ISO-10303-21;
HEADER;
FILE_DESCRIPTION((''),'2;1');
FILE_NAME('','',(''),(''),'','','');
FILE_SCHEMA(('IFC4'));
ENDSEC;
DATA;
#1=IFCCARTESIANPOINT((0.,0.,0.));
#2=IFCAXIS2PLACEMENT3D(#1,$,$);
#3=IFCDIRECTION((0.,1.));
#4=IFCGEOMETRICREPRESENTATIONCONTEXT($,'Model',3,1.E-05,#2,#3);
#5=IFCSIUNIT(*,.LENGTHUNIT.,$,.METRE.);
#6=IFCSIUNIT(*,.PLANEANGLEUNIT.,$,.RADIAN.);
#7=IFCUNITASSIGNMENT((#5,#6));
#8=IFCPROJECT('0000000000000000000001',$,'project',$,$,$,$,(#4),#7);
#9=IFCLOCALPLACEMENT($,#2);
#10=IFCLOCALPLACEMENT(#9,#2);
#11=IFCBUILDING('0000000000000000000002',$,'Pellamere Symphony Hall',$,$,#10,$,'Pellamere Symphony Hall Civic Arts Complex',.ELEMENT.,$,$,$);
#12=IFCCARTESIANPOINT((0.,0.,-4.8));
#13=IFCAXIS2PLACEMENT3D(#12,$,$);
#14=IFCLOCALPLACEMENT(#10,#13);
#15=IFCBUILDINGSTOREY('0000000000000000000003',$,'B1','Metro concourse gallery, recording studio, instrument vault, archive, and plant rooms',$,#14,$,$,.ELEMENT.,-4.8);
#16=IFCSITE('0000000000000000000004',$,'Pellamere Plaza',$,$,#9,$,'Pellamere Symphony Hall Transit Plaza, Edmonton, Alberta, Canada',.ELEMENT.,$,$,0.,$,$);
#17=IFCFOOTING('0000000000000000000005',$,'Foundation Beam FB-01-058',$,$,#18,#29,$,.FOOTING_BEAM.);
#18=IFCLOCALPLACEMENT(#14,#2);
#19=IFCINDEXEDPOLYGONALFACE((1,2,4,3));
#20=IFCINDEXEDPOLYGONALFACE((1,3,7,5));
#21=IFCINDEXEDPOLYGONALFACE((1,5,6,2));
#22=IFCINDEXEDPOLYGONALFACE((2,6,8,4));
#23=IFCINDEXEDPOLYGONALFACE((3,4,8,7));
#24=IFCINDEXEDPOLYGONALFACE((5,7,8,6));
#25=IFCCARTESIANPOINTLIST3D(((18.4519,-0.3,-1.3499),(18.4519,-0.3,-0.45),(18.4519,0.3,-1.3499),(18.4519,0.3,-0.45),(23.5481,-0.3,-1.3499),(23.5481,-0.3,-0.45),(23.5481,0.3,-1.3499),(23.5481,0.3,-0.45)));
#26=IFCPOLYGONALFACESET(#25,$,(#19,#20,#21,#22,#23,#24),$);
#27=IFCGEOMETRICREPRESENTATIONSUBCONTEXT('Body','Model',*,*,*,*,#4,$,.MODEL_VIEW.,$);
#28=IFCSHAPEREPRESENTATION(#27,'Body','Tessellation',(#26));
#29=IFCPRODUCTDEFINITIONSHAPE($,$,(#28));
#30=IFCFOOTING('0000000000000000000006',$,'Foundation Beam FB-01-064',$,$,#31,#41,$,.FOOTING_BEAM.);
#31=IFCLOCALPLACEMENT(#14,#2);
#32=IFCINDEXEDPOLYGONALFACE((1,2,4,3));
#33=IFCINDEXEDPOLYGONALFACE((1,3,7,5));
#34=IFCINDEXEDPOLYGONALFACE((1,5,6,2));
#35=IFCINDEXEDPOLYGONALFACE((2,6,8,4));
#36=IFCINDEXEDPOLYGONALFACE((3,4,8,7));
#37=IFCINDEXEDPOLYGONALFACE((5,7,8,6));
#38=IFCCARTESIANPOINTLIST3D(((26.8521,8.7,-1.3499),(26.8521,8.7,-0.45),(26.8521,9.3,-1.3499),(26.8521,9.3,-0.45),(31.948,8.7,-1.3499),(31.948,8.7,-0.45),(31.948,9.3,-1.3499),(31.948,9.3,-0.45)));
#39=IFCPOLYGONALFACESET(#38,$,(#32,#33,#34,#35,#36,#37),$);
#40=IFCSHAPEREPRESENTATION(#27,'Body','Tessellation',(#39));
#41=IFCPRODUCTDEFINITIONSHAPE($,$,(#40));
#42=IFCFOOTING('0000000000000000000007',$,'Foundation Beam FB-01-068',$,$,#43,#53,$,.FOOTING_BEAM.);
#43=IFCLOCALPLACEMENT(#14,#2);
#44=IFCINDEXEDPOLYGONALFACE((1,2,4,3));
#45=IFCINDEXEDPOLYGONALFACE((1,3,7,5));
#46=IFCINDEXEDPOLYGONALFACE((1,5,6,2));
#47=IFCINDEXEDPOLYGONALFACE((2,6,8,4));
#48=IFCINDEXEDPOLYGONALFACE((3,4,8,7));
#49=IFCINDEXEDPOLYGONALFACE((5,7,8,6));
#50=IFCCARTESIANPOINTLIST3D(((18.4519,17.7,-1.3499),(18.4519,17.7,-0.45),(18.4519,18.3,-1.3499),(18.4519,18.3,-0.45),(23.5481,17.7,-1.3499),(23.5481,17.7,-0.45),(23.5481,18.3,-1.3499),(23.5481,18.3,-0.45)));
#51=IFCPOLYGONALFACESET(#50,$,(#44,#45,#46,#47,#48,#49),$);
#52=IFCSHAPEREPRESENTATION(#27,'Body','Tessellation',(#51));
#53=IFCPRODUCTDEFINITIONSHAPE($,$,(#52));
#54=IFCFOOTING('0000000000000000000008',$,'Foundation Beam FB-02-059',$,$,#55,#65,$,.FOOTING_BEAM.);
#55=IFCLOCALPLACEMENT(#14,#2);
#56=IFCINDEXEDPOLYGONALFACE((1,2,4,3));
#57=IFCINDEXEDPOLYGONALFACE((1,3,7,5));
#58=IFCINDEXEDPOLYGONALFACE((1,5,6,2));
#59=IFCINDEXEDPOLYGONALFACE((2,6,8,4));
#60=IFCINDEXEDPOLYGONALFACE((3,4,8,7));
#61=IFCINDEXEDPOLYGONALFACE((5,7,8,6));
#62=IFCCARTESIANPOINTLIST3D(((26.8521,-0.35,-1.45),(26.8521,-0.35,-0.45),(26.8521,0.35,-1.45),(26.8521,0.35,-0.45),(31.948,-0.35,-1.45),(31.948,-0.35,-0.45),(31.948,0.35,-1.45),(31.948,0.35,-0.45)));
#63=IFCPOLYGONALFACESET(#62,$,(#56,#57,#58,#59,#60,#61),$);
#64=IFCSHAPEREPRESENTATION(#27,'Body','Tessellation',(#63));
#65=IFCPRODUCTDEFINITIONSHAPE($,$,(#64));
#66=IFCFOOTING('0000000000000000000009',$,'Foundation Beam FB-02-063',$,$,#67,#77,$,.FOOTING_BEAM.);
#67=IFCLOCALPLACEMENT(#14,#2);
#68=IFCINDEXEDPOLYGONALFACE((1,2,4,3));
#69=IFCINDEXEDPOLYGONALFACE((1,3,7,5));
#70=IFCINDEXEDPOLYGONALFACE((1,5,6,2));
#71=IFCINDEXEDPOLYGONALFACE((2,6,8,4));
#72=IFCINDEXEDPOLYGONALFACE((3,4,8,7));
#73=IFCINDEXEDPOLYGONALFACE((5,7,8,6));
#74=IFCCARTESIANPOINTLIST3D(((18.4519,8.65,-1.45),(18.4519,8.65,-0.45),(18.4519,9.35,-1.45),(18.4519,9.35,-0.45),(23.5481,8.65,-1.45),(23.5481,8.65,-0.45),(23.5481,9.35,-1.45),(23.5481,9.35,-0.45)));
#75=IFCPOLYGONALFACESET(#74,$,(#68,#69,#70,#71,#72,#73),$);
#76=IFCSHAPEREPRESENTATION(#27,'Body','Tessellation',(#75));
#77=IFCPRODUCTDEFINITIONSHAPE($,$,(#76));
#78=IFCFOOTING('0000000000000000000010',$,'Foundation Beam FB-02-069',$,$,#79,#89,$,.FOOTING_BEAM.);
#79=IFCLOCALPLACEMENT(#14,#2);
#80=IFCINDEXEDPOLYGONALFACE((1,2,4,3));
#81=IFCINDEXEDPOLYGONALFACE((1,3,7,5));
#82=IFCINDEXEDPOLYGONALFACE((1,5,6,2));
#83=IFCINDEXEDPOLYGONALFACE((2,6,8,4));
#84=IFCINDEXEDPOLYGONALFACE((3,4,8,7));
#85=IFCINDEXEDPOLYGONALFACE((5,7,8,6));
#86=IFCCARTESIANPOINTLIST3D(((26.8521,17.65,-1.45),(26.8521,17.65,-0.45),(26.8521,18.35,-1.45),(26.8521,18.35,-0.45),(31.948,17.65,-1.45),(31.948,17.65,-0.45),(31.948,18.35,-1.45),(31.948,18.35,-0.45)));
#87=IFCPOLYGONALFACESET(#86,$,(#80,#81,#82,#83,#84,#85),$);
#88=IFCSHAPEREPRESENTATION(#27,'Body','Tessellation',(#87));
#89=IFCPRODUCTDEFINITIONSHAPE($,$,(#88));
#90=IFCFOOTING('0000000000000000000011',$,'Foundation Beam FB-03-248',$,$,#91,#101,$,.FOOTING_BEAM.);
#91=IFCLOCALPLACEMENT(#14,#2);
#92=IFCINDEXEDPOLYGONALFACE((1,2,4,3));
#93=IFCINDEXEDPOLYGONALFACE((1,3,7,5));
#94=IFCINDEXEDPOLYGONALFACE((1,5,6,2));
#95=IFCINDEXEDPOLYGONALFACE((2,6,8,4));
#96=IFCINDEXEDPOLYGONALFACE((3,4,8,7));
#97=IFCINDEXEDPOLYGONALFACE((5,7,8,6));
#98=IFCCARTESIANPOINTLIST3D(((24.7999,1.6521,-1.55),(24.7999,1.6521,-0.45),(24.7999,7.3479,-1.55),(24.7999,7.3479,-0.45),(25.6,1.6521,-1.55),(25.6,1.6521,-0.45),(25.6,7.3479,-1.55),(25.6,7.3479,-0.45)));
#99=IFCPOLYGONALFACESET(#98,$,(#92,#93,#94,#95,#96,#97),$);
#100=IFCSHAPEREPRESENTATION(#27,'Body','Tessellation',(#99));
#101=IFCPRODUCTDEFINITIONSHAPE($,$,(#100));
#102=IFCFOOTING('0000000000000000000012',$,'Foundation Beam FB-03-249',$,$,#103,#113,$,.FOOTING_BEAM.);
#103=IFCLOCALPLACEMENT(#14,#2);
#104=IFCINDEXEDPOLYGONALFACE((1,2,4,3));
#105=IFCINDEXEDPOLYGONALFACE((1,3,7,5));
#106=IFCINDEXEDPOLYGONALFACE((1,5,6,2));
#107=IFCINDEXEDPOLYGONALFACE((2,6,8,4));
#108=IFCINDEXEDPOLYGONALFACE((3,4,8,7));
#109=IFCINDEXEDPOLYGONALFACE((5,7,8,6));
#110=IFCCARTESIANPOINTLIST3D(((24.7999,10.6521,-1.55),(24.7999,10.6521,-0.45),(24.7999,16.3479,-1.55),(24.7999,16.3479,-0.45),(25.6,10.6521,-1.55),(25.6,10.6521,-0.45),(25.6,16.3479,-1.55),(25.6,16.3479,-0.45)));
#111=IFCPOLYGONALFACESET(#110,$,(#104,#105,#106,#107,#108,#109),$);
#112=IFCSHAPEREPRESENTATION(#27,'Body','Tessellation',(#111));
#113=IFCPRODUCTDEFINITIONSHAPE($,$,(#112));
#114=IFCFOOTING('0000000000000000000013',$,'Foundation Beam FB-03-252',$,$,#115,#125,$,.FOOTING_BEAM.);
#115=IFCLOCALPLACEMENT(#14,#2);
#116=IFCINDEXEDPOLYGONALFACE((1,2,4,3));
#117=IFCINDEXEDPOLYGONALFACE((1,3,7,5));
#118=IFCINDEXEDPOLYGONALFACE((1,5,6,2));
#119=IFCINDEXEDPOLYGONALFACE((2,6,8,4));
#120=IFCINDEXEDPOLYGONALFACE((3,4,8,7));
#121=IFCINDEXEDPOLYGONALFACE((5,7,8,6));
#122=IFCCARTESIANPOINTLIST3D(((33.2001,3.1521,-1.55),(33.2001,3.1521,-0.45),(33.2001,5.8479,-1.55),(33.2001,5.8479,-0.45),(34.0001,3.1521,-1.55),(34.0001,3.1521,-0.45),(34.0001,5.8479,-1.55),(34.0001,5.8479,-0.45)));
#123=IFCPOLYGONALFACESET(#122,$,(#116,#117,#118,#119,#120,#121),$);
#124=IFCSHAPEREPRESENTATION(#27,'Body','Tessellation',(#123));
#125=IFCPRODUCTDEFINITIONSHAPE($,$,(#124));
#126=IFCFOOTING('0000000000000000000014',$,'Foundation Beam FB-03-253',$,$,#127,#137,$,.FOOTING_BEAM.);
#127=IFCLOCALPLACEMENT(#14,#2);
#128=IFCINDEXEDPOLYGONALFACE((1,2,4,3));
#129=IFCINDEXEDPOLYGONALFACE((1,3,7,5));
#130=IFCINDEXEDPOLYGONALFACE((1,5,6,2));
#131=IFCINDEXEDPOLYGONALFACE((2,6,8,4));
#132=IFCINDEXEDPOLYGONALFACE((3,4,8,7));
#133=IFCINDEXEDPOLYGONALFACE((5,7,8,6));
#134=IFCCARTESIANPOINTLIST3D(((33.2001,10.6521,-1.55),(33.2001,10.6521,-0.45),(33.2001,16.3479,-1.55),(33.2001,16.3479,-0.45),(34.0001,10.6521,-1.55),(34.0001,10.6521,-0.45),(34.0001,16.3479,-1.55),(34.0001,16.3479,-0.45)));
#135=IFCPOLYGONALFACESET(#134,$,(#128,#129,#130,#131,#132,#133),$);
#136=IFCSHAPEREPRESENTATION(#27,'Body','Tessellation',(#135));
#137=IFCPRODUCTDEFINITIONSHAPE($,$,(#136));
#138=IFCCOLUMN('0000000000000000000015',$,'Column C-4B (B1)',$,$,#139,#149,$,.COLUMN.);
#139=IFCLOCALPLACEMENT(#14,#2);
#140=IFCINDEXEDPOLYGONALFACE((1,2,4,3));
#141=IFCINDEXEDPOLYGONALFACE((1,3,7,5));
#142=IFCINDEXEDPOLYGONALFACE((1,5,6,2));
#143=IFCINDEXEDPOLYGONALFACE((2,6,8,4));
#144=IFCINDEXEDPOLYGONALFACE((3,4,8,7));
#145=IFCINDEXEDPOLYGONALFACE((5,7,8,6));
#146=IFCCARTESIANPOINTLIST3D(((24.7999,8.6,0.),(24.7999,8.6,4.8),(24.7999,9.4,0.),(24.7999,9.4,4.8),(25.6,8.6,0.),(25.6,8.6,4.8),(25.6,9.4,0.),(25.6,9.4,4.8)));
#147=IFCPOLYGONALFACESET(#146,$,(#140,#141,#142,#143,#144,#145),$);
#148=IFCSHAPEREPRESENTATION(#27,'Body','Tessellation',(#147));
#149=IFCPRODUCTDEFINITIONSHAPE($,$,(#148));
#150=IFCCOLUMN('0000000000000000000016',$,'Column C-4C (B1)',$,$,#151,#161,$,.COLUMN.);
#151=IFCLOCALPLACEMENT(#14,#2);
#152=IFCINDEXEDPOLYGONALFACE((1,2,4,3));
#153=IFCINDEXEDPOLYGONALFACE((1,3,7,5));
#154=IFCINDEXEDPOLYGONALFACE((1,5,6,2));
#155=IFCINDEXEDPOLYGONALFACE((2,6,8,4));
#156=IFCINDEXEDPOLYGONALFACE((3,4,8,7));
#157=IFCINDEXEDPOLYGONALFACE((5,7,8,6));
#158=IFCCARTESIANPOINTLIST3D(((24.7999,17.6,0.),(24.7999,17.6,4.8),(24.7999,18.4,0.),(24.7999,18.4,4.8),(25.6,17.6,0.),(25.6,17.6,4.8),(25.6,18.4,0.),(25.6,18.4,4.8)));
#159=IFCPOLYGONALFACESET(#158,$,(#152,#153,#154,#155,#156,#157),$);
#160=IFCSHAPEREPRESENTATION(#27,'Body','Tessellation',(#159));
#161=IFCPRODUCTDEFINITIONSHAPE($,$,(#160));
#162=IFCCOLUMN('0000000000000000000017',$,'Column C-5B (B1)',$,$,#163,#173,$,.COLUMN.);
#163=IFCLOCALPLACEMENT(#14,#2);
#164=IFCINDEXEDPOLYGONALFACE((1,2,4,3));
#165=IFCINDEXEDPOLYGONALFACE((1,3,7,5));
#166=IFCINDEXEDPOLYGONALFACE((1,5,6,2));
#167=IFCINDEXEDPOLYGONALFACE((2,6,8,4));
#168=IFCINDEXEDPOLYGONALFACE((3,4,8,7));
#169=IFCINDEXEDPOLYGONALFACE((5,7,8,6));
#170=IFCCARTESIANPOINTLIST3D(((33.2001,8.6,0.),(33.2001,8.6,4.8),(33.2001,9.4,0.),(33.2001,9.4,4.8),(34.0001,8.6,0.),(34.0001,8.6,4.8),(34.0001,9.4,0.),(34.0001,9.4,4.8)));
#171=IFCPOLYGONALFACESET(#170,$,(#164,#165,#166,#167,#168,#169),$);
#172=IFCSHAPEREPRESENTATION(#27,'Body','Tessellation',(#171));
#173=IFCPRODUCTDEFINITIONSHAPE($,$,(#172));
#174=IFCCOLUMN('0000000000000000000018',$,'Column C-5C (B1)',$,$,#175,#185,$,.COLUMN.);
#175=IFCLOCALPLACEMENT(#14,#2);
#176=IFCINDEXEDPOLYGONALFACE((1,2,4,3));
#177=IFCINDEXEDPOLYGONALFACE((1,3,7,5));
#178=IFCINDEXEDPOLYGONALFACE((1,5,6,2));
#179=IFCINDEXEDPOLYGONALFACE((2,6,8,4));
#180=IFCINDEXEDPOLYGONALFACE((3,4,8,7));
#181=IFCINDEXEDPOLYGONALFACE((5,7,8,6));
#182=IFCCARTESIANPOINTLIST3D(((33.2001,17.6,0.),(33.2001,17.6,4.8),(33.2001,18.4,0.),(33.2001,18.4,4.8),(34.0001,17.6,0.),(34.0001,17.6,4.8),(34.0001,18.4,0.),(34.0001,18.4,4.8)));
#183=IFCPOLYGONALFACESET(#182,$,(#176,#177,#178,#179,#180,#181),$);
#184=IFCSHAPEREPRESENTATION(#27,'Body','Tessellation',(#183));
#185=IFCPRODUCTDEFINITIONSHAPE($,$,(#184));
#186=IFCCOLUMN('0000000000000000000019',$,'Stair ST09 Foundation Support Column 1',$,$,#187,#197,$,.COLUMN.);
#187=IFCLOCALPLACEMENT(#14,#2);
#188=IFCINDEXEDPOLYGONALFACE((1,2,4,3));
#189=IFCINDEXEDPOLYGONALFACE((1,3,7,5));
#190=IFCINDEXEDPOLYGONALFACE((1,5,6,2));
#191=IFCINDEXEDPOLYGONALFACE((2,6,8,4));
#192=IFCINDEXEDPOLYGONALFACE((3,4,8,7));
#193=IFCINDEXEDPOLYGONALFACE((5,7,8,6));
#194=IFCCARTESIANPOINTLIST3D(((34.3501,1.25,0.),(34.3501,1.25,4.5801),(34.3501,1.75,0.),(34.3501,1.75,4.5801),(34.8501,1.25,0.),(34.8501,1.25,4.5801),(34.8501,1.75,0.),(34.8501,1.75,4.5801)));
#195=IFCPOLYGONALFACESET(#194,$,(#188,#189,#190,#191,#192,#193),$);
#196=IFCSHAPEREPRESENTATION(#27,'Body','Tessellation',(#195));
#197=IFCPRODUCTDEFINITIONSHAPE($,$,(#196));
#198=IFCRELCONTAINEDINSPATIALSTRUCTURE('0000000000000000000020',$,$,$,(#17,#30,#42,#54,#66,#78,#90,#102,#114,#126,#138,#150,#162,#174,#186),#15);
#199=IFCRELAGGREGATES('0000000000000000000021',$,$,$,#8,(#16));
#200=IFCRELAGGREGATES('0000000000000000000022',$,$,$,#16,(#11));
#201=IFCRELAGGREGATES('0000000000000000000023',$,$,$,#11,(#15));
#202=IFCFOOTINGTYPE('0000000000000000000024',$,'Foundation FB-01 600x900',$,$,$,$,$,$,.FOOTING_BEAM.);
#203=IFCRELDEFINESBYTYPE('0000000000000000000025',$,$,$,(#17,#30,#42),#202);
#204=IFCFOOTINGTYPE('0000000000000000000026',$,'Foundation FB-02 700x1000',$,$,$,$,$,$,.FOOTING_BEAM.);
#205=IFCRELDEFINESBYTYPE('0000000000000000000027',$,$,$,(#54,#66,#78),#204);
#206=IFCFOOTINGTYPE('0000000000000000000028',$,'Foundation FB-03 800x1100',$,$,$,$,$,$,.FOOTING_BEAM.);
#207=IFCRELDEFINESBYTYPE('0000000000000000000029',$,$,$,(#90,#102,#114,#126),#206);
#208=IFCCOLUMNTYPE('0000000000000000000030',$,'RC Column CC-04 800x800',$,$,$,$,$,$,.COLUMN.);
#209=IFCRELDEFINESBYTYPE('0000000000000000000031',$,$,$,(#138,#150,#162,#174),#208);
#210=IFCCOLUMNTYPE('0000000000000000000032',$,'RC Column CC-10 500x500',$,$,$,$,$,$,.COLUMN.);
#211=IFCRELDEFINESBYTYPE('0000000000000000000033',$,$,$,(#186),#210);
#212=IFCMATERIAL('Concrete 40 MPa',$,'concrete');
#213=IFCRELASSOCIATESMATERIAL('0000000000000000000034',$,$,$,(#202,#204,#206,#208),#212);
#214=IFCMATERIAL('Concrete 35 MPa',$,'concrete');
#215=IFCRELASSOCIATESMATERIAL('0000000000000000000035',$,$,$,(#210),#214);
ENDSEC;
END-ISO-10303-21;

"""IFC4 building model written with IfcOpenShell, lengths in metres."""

from ifc_helpers import new_model, si_unit, direction, frame, origin, origin_2d, place, context, subcontext, project, spatial, rectangle, extrude, material, material_profile, profile_set, type_object, element, save


model = new_model("IFC4")

# Units and contexts
model_context = context("Model", 3, precision=1e-05, world=origin(), true_north=direction((0.0, 1.0)))
body_context = subcontext(model_context, "Body", "Model", "MODEL_VIEW")
ifc_project = project(units=[si_unit("LENGTHUNIT", "METRE"), si_unit("PLANEANGLEUNIT", "RADIAN")], contexts=[model_context])

# Site, building, storey
site_placement = place(None, origin())
site = spatial("IfcSite", under=ifc_project, at=site_placement, Name="Pellamere Plaza", LongName="Pellamere Symphony Hall Transit Plaza, Edmonton, Alberta, Canada", CompositionType="ELEMENT", RefElevation=0.0)
building_placement = place(site_placement, origin())
building = spatial("IfcBuilding", under=site, at=building_placement, Name="Pellamere Symphony Hall", LongName="Pellamere Symphony Hall Civic Arts Complex", CompositionType="ELEMENT")
storey_placement = place(building_placement, frame((0.0, 0.0, -4.8)))
storey = spatial("IfcBuildingStorey", under=building, at=storey_placement, Name="B1", Description="Metro concourse gallery, recording studio, instrument vault, archive, and plant rooms", CompositionType="ELEMENT", Elevation=-4.8)

# Shared definitions
ifc_material_1 = material(Name="Concrete 35 MPa", Category="concrete")

# Footings
ifc_material_2 = material(Name="Concrete 40 MPa", Category="concrete")
ifc_material_profile_1 = material_profile(ifc_material_2, rectangle(XDim=0.6001, YDim=0.8999, at=origin_2d()), Name="RC 600x900")
ifc_profile_set_1 = profile_set([ifc_material_profile_1], Name="Concrete 40 MPa")
footing_type_1 = type_object("IfcFootingType", Name="Foundation FB-01 600x900", PredefinedType="FOOTING_BEAM", material=ifc_profile_set_1)
footing_1_placement = place(storey_placement, frame((18.4519, 0.0, -0.8999), z_axis=(1.0, 0.0, 0.0), x_axis=(0.0, 1.0, 0.0)))
element("IfcFooting", 1, at=footing_1_placement, inside=storey, type_object=footing_type_1, Name="Foundation Beam FB-01-058", PredefinedType="FOOTING_BEAM", context=body_context, shape_type="SweptSolid", body=[
    extrude(rectangle(XDim=0.6001, YDim=0.8999, at=origin_2d()), origin(), (0.0, 0.0, 1.0), 5.0962),
])
footing_2_placement = place(storey_placement, frame((26.8521, 9.0, -0.8999), z_axis=(1.0, 0.0, 0.0), x_axis=(0.0, 1.0, 0.0)))
element("IfcFooting", 2, at=footing_2_placement, inside=storey, type_object=footing_type_1, Name="Foundation Beam FB-01-064", PredefinedType="FOOTING_BEAM", context=body_context, shape_type="SweptSolid", body=[
    extrude(rectangle(XDim=0.6001, YDim=0.8999, at=origin_2d()), origin(), (0.0, 0.0, 1.0), 5.0959),
])
footing_3_placement = place(storey_placement, frame((18.4519, 18.0, -0.8999), z_axis=(1.0, 0.0, 0.0), x_axis=(0.0, 1.0, 0.0)))
element("IfcFooting", 3, at=footing_3_placement, inside=storey, type_object=footing_type_1, Name="Foundation Beam FB-01-068", PredefinedType="FOOTING_BEAM", context=body_context, shape_type="SweptSolid", body=[
    extrude(rectangle(XDim=0.6001, YDim=0.8999, at=origin_2d()), origin(), (0.0, 0.0, 1.0), 5.0962),
])
ifc_material_profile_2 = material_profile(ifc_material_2, rectangle(XDim=0.7, YDim=1.0, at=origin_2d()), Name="RC 700x1000")
ifc_profile_set_2 = profile_set([ifc_material_profile_2], Name="Concrete 40 MPa")
footing_type_2 = type_object("IfcFootingType", Name="Foundation FB-02 700x1000", PredefinedType="FOOTING_BEAM", material=ifc_profile_set_2)
footing_4_placement = place(storey_placement, frame((26.8521, 0.0, -0.95), z_axis=(1.0, 0.0, 0.0), x_axis=(0.0, 1.0, 0.0)))
element("IfcFooting", 4, at=footing_4_placement, inside=storey, type_object=footing_type_2, Name="Foundation Beam FB-02-059", PredefinedType="FOOTING_BEAM", context=body_context, shape_type="SweptSolid", body=[
    extrude(rectangle(XDim=0.7, YDim=1.0, at=origin_2d()), origin(), (0.0, 0.0, 1.0), 5.0959),
])
footing_5_placement = place(storey_placement, frame((18.4519, 9.0, -0.95), z_axis=(1.0, 0.0, 0.0), x_axis=(0.0, 1.0, 0.0)))
element("IfcFooting", 5, at=footing_5_placement, inside=storey, type_object=footing_type_2, Name="Foundation Beam FB-02-063", PredefinedType="FOOTING_BEAM", context=body_context, shape_type="SweptSolid", body=[
    extrude(rectangle(XDim=0.7, YDim=1.0, at=origin_2d()), origin(), (0.0, 0.0, 1.0), 5.0962),
])
footing_6_placement = place(storey_placement, frame((26.8521, 18.0, -0.95), z_axis=(1.0, 0.0, 0.0), x_axis=(0.0, 1.0, 0.0)))
element("IfcFooting", 6, at=footing_6_placement, inside=storey, type_object=footing_type_2, Name="Foundation Beam FB-02-069", PredefinedType="FOOTING_BEAM", context=body_context, shape_type="SweptSolid", body=[
    extrude(rectangle(XDim=0.7, YDim=1.0, at=origin_2d()), origin(), (0.0, 0.0, 1.0), 5.0959),
])
ifc_material_profile_3 = material_profile(ifc_material_2, rectangle(XDim=0.8, YDim=1.1001, at=origin_2d()), Name="RC 800x1100")
ifc_profile_set_3 = profile_set([ifc_material_profile_3], Name="Concrete 40 MPa")
footing_type_3 = type_object("IfcFootingType", Name="Foundation FB-03 800x1100", PredefinedType="FOOTING_BEAM", material=ifc_profile_set_3)
for number, where, z_axis, x_axis, name in (
    (7, (25.2, 1.6521, -1.0), (0.0, 1.0, 0.0), (-1.0, 0.0, 0.0), "Foundation Beam FB-03-248"),
    (8, (25.2, 10.6521, -1.0), (0.0, 1.0, 0.0), (-1.0, 0.0, 0.0), "Foundation Beam FB-03-249"),
):
    element("IfcFooting", number, at=place(storey_placement, frame(where, z_axis=z_axis, x_axis=x_axis)), inside=storey, type_object=footing_type_3, Name=name, PredefinedType="FOOTING_BEAM", context=body_context, shape_type="SweptSolid", body=[
        extrude(rectangle(XDim=0.8, YDim=1.1001, at=origin_2d()), origin(), (0.0, 0.0, 1.0), 5.6958),
    ])
footing_7_placement = place(storey_placement, frame((33.6001, 3.1521, -1.0), z_axis=(0.0, 1.0, 0.0), x_axis=(-1.0, 0.0, 0.0)))
element("IfcFooting", 9, at=footing_7_placement, inside=storey, type_object=footing_type_3, Name="Foundation Beam FB-03-252", PredefinedType="FOOTING_BEAM", context=body_context, shape_type="SweptSolid", body=[
    extrude(rectangle(XDim=0.8, YDim=1.1001, at=origin_2d()), origin(), (0.0, 0.0, 1.0), 2.6958),
])
footing_8_placement = place(storey_placement, frame((33.6001, 10.6521, -1.0), z_axis=(0.0, 1.0, 0.0), x_axis=(-1.0, 0.0, 0.0)))
element("IfcFooting", 10, at=footing_8_placement, inside=storey, type_object=footing_type_3, Name="Foundation Beam FB-03-253", PredefinedType="FOOTING_BEAM", context=body_context, shape_type="SweptSolid", body=[
    extrude(rectangle(XDim=0.8, YDim=1.1001, at=origin_2d()), origin(), (0.0, 0.0, 1.0), 5.6958),
])

# Columns
ifc_material_profile_4 = material_profile(ifc_material_2, rectangle(XDim=0.8, YDim=0.8, at=origin_2d()), Name="RC 800x800")
ifc_profile_set_4 = profile_set([ifc_material_profile_4], Name="Concrete 40 MPa")
column_type_1 = type_object("IfcColumnType", Name="RC Column CC-04 800x800", PredefinedType="COLUMN", material=ifc_profile_set_4)
for number, where, z_axis, x_axis, name in (
    (11, (25.2, 9.0, 0.0), (0.0, 0.0, 1.0), (1.0, 0.0, 0.0), "Column C-4B (B1)"),
    (12, (25.2, 18.0, 0.0), (0.0, 0.0, 1.0), (1.0, 0.0, 0.0), "Column C-4C (B1)"),
    (13, (33.6001, 9.0, 0.0), (0.0, 0.0, 1.0), (1.0, 0.0, 0.0), "Column C-5B (B1)"),
    (14, (33.6001, 18.0, 0.0), (0.0, 0.0, 1.0), (1.0, 0.0, 0.0), "Column C-5C (B1)"),
):
    element("IfcColumn", number, at=place(storey_placement, frame(where, z_axis=z_axis, x_axis=x_axis)), inside=storey, type_object=column_type_1, Name=name, PredefinedType="COLUMN", context=body_context, shape_type="SweptSolid", body=[
        extrude(rectangle(XDim=0.8, YDim=0.8, at=origin_2d()), origin(), (0.0, 0.0, 1.0), 4.8),
    ])
ifc_material_profile_5 = material_profile(ifc_material_1, rectangle(XDim=0.5, YDim=0.5, at=origin_2d()), Name="RC 500x500")
ifc_profile_set_5 = profile_set([ifc_material_profile_5], Name="Concrete 35 MPa")
column_type_2 = type_object("IfcColumnType", Name="RC Column CC-10 500x500", PredefinedType="COLUMN", material=ifc_profile_set_5)
column_placement = place(storey_placement, frame((34.6001, 1.5, 0.0), z_axis=(0.0, 0.0, 1.0), x_axis=(1.0, 0.0, 0.0)))
element("IfcColumn", 15, at=column_placement, inside=storey, type_object=column_type_2, Name="Stair ST09 Foundation Support Column 1", PredefinedType="COLUMN", context=body_context, shape_type="SweptSolid", body=[
    extrude(rectangle(XDim=0.5, YDim=0.5, at=origin_2d()), origin(), (0.0, 0.0, 1.0), 4.5801),
])

save(model, "model.ifc")
